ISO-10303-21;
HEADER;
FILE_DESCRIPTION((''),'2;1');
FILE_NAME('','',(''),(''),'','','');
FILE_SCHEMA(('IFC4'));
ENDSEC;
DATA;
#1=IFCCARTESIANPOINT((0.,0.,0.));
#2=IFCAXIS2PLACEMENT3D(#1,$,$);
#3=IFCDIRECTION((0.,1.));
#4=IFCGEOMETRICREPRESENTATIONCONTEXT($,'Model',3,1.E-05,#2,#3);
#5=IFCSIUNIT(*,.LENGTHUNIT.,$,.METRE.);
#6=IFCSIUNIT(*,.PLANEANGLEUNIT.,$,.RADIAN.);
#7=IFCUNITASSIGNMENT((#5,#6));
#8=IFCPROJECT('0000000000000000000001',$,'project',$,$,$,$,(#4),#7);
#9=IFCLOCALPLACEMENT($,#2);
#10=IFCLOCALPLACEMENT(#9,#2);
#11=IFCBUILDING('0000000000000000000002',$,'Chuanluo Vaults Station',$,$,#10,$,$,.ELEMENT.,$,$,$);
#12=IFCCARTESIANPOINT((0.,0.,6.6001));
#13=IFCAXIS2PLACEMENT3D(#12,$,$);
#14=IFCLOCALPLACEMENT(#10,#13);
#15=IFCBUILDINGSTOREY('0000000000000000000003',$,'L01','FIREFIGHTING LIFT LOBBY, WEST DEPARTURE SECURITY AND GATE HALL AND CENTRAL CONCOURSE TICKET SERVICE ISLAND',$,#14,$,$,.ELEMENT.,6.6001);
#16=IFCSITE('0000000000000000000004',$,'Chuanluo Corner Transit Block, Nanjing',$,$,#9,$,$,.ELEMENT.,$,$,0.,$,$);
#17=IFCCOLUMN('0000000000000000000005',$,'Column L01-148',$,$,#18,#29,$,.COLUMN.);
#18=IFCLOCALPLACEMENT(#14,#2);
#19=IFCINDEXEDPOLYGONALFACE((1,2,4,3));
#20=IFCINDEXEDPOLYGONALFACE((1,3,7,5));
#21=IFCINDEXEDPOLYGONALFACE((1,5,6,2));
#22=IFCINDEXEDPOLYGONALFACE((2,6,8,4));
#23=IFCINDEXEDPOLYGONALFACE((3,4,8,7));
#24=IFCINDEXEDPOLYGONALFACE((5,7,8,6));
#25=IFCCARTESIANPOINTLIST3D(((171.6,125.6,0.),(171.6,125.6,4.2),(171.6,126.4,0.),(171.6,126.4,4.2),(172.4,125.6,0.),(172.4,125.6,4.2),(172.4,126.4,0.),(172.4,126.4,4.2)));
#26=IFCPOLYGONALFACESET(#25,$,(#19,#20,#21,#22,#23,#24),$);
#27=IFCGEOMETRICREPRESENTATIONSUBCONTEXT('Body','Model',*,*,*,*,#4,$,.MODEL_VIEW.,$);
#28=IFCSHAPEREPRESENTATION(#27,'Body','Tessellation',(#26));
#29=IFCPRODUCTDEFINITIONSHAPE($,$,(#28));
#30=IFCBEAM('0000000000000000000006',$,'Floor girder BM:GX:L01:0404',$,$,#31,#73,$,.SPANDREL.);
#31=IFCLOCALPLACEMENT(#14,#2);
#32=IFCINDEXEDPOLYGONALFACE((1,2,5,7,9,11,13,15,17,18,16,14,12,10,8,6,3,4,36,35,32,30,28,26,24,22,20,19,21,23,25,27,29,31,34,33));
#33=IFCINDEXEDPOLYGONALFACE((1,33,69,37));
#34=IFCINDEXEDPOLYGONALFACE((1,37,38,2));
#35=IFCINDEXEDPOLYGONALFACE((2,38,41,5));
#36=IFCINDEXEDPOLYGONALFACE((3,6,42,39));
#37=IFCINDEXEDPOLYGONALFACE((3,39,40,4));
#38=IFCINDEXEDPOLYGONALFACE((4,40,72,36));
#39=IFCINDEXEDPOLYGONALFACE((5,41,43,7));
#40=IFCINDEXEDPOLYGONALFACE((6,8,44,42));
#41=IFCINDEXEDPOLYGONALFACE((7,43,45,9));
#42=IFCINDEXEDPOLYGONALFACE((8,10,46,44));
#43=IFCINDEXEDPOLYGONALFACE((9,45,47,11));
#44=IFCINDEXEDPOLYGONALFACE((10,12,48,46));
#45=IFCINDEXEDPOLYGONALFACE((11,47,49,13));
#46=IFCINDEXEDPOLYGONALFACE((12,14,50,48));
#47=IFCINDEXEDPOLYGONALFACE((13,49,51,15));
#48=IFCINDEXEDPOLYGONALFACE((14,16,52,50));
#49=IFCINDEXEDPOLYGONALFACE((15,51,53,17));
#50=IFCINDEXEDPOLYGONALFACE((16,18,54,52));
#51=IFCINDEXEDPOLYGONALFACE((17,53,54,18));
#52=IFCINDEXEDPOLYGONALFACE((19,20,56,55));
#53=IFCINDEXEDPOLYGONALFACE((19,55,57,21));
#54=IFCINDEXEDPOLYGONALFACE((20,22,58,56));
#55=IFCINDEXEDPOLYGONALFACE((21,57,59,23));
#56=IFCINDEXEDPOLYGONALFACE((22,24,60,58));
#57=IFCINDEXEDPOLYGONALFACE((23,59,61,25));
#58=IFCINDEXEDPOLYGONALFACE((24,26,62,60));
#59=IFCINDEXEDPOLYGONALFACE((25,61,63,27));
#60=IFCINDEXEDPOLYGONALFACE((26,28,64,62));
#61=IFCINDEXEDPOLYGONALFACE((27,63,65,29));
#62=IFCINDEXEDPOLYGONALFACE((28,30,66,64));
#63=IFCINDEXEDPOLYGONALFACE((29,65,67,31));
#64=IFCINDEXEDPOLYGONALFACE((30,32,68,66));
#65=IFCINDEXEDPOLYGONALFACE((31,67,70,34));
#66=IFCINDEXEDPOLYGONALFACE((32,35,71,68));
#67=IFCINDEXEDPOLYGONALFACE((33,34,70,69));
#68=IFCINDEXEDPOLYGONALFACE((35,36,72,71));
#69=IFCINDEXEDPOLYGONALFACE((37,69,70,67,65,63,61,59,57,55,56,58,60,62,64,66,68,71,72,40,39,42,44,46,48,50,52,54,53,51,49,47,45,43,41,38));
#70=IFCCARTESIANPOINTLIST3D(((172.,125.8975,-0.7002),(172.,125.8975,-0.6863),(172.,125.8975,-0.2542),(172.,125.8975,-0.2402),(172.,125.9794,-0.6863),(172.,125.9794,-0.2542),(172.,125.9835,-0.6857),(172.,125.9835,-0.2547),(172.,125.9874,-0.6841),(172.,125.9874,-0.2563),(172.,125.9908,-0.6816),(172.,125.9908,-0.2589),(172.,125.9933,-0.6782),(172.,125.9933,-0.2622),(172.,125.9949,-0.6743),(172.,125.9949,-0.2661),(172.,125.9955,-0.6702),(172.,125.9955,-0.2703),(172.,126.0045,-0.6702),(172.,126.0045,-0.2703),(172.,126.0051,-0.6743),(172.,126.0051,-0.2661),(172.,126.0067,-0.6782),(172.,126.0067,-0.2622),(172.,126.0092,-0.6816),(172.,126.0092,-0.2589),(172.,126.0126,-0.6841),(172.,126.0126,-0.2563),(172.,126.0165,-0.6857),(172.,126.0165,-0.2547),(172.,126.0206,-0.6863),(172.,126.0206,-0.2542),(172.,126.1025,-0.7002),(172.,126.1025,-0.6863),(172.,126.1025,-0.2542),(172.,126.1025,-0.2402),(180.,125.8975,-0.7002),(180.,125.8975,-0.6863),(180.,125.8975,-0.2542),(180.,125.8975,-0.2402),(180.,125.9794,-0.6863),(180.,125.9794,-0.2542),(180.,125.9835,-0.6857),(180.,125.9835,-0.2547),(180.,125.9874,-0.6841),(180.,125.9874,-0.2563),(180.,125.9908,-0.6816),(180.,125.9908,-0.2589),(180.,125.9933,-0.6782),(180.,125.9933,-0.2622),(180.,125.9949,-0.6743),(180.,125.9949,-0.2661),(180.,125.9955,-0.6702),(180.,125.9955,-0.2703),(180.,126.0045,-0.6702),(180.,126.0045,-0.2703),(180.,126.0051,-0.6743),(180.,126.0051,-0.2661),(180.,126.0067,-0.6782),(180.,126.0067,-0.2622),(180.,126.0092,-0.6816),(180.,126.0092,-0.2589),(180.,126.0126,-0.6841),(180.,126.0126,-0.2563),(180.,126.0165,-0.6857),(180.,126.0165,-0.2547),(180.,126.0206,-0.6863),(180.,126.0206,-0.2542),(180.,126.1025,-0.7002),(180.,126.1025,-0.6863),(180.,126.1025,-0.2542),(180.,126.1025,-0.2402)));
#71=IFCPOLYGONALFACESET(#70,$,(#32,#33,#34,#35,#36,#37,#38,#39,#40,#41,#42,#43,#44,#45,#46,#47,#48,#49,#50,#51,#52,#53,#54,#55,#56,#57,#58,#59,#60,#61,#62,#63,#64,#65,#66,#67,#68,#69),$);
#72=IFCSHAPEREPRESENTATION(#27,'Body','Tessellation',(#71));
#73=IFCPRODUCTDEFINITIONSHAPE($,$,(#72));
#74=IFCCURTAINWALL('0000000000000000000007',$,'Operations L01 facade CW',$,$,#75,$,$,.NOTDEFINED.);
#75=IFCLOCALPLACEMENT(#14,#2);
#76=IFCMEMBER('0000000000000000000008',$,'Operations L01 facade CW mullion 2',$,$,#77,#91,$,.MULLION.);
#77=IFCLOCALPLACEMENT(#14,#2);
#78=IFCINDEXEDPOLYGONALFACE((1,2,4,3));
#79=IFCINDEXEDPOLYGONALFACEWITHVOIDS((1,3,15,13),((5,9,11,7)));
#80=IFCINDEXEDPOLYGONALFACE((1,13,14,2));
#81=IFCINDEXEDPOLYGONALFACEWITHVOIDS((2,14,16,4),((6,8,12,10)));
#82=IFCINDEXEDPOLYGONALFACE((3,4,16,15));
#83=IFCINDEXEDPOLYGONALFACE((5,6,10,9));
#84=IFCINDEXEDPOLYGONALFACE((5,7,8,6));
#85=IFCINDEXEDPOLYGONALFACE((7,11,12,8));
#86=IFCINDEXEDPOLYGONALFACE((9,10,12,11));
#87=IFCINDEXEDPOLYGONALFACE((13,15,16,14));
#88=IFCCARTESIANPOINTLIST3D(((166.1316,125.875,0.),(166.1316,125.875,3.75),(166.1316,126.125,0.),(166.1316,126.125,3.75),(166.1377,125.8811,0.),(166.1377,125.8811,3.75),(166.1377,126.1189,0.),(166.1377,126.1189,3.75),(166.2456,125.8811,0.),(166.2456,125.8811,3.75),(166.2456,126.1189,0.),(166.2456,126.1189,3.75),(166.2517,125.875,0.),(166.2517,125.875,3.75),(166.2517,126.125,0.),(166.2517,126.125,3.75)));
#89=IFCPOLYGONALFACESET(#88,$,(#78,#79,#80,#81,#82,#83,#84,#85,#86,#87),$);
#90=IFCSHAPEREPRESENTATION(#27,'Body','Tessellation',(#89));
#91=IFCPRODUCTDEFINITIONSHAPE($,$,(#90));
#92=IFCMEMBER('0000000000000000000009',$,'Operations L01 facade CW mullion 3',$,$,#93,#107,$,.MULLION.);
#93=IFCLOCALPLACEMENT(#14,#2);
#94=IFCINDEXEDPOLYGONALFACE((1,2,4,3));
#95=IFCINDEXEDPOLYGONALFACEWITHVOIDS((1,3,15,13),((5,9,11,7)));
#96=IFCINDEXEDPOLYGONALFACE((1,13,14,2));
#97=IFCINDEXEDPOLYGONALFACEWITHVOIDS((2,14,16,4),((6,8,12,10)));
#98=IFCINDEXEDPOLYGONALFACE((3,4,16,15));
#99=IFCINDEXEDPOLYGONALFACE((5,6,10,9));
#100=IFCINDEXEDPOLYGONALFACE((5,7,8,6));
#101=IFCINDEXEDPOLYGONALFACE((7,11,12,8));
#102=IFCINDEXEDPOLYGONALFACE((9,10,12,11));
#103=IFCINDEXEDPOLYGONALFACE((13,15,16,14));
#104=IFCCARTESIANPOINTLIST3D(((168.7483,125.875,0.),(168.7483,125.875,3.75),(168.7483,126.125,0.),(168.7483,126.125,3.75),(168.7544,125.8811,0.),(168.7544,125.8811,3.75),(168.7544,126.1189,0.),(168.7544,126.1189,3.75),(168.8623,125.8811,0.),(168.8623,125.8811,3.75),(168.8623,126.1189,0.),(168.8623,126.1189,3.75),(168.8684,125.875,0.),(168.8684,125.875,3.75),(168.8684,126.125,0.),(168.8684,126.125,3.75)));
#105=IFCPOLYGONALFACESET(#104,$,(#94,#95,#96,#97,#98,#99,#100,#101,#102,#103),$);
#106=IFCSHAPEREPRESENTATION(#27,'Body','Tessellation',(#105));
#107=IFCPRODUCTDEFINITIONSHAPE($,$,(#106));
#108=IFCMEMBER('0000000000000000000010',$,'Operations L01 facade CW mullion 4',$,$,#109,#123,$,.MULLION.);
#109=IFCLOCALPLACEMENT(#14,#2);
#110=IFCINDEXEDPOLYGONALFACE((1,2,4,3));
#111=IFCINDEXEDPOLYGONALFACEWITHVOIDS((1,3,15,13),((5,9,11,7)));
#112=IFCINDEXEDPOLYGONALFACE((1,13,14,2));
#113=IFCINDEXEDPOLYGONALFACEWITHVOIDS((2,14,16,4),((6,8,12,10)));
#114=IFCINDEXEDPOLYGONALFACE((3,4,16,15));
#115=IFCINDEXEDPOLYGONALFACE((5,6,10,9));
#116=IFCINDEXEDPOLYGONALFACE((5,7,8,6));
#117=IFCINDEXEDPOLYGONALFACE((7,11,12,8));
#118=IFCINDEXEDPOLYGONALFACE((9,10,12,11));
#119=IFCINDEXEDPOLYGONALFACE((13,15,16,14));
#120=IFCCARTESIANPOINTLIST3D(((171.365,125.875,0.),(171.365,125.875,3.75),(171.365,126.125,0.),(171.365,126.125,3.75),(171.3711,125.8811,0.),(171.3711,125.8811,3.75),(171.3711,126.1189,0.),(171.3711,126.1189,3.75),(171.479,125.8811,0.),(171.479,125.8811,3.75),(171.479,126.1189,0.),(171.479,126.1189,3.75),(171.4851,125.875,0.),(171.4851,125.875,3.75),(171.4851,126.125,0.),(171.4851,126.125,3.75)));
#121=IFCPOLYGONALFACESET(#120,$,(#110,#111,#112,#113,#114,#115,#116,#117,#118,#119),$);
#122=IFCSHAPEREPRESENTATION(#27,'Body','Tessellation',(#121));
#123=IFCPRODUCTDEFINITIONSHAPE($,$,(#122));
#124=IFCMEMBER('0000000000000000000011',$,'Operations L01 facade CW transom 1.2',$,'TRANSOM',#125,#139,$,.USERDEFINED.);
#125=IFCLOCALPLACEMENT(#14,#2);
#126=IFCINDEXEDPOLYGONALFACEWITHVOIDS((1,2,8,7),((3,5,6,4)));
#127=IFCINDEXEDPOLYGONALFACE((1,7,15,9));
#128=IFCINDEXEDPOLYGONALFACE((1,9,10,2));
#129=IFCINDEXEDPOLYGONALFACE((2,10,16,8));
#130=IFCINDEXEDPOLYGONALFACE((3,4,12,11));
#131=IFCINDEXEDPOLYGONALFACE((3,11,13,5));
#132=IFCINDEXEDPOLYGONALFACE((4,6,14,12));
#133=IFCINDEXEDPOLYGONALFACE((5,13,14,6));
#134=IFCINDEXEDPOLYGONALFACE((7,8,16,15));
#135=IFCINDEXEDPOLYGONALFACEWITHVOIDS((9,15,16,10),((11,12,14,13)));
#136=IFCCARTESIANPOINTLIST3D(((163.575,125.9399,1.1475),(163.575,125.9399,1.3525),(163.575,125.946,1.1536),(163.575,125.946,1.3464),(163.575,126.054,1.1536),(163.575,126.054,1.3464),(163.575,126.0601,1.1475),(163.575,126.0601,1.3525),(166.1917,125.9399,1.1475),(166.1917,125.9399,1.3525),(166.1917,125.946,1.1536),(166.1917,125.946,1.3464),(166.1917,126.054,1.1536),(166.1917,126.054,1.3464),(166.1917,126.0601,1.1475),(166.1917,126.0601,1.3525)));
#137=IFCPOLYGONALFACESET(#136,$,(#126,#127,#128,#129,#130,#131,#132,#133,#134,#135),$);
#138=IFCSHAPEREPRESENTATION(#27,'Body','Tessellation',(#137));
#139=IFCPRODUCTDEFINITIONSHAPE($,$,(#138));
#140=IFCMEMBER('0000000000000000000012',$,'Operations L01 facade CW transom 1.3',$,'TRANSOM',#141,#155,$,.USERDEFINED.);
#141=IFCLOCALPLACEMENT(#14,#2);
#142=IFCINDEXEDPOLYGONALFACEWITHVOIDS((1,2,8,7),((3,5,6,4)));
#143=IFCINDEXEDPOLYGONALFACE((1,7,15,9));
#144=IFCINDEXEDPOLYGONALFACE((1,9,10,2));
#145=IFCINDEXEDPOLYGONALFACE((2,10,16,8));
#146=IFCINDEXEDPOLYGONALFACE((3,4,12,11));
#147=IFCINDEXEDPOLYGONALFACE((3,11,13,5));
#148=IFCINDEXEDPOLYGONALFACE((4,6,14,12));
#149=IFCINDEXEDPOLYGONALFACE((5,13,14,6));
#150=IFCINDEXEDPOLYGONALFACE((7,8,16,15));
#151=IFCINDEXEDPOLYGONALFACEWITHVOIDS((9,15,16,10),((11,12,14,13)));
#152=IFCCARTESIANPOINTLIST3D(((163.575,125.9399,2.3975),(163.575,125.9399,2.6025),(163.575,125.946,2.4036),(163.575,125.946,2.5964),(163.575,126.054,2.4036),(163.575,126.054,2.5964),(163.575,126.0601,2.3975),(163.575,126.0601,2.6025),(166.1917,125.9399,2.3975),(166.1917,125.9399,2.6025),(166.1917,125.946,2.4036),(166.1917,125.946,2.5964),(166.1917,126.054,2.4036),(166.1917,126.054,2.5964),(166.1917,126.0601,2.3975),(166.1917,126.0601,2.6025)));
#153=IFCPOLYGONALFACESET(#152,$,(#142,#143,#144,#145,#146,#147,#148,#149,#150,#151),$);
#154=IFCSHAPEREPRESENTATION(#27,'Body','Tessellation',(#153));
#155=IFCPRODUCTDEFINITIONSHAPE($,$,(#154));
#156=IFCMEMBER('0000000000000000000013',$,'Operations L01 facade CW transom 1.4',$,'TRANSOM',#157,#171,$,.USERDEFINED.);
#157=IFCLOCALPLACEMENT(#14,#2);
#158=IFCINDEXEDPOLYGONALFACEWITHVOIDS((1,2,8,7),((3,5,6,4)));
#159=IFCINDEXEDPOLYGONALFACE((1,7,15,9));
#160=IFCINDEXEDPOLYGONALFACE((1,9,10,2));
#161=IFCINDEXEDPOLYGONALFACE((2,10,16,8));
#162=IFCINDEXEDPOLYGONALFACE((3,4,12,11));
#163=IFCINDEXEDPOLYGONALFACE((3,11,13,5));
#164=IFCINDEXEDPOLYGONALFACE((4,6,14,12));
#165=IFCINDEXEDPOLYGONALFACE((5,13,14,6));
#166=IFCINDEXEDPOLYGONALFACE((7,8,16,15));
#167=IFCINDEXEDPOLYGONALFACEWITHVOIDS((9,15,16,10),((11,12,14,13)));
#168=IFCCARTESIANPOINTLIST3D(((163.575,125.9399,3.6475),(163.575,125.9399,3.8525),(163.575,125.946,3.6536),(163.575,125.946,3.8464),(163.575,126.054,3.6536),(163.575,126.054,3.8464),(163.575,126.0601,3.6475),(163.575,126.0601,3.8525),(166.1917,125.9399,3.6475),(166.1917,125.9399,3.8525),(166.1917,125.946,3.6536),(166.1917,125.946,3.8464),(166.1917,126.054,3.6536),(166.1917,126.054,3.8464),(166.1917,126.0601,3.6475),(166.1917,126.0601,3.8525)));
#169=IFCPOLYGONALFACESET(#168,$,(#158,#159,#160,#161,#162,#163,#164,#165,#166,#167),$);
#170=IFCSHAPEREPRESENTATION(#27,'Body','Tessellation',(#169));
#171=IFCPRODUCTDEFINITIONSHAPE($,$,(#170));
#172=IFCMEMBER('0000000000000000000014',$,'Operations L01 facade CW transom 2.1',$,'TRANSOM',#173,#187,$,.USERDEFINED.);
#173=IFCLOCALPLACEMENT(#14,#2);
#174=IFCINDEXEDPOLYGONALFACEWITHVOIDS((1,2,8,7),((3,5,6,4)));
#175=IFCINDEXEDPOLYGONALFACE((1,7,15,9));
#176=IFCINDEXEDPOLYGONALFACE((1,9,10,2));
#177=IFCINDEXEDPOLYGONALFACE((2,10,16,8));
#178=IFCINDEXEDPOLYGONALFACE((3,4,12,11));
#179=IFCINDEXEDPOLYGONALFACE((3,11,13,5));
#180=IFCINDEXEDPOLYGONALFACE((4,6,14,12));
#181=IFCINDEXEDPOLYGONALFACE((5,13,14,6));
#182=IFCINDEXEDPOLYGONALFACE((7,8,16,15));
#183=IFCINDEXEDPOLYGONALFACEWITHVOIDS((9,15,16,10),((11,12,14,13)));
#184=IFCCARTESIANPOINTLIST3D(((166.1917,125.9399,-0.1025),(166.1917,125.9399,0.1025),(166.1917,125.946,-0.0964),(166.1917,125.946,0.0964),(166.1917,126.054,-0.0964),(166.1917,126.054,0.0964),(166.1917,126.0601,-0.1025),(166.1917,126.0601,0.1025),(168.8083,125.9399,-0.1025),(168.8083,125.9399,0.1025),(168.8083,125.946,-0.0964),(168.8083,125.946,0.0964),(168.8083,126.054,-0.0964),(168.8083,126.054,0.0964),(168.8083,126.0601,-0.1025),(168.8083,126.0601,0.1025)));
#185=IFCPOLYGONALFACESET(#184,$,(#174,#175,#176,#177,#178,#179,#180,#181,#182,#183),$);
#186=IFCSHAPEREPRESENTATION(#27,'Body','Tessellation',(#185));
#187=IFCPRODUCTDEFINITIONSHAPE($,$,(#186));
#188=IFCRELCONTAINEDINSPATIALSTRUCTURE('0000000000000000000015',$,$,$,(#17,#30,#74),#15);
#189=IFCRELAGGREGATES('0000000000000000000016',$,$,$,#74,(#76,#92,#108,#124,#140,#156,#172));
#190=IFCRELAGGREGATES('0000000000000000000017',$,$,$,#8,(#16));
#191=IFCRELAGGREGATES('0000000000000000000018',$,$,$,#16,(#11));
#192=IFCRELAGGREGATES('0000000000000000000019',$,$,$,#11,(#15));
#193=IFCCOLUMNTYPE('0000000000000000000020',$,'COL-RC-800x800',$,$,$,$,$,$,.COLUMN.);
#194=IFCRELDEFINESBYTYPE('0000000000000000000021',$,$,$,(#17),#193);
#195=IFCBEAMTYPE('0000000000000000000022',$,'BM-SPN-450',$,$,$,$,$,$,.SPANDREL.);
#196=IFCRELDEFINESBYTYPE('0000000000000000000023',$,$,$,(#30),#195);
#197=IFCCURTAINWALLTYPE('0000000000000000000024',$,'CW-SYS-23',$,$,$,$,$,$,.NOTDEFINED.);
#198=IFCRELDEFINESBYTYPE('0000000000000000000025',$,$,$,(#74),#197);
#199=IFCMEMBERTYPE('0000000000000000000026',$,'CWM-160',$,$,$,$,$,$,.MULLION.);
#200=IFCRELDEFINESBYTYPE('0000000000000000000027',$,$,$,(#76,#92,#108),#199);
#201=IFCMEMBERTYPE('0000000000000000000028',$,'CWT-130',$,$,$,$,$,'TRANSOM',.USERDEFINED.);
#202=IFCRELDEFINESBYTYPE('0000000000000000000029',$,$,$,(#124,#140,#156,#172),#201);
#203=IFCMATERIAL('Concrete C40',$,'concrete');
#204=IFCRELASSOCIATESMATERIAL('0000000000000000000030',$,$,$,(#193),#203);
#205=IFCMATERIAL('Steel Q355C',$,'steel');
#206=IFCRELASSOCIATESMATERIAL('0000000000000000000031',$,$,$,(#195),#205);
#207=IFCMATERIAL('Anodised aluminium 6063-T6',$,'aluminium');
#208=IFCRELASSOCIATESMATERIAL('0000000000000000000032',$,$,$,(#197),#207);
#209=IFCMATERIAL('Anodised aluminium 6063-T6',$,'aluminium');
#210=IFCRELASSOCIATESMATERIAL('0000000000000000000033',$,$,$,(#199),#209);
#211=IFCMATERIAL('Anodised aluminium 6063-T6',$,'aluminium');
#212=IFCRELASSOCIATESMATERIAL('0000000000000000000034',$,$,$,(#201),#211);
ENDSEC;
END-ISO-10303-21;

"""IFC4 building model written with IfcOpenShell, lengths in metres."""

from ifc_helpers import new_model, si_unit, direction, frame, origin, origin_2d, place, context, subcontext, project, spatial, rectangle, hollow_rectangle, i_section, extrude, material, material_profile, profile_set, type_object, element, aggregate, save


model = new_model("IFC4")

# Units and contexts
model_context = context("Model", 3, precision=1e-05, world=origin(), true_north=direction((0.0, 1.0)))
body_context = subcontext(model_context, "Body", "Model", "MODEL_VIEW")
ifc_project = project(units=[si_unit("LENGTHUNIT", "METRE"), si_unit("PLANEANGLEUNIT", "RADIAN")], contexts=[model_context])

# Site, building, storey
site_placement = place(None, origin())
site = spatial("IfcSite", under=ifc_project, at=site_placement, Name="Chuanluo Corner Transit Block, Nanjing", CompositionType="ELEMENT", RefElevation=0.0)
building_placement = place(site_placement, origin())
building = spatial("IfcBuilding", under=site, at=building_placement, Name="Chuanluo Vaults Station", CompositionType="ELEMENT")
storey_placement = place(building_placement, frame((0.0, 0.0, 6.6001)))
storey = spatial("IfcBuildingStorey", under=building, at=storey_placement, Name="L01", Description="FIREFIGHTING LIFT LOBBY, WEST DEPARTURE SECURITY AND GATE HALL AND CENTRAL CONCOURSE TICKET SERVICE ISLAND", CompositionType="ELEMENT", Elevation=6.6001)

# Column
ifc_material_1 = material(Name="Concrete C40", Category="concrete")
ifc_material_profile_1 = material_profile(ifc_material_1, rectangle(XDim=0.8, YDim=0.8, at=origin_2d()))
ifc_profile_set_1 = profile_set([ifc_material_profile_1], Name="Concrete C40")
column_type = type_object("IfcColumnType", Name="COL-RC-800x800", PredefinedType="COLUMN", material=ifc_profile_set_1)
column_placement = place(storey_placement, frame((172.0, 126.0, 0.0), z_axis=(0.0, 0.0, 1.0), x_axis=(1.0, 0.0, 0.0)))
element("IfcColumn", 1, at=column_placement, inside=storey, type_object=column_type, Name="Column L01-148", PredefinedType="COLUMN", context=body_context, shape_type="SweptSolid", body=[
    extrude(rectangle(XDim=0.8, YDim=0.8, at=origin_2d()), origin(), (0.0, 0.0, 1.0), 4.2),
])

# Beam
ifc_material_2 = material(Name="Steel Q355C", Category="steel")
ifc_material_profile_2 = material_profile(ifc_material_2, i_section(OverallWidth=0.2051, OverallDepth=0.46, WebThickness=0.009, FlangeThickness=0.0139, FilletRadius=0.0161, at=origin_2d()))
ifc_profile_set_2 = profile_set([ifc_material_profile_2], Name="Steel Q355C")
beam_type = type_object("IfcBeamType", Name="BM-SPN-450", PredefinedType="SPANDREL", material=ifc_profile_set_2)
beam_placement = place(storey_placement, frame((172.0, 126.0, -0.4702), z_axis=(1.0, 0.0, 0.0), x_axis=(0.0, 1.0, 0.0)))
element("IfcBeam", 2, at=beam_placement, inside=storey, type_object=beam_type, Name="Floor girder BM:GX:L01:0404", PredefinedType="SPANDREL", context=body_context, shape_type="SweptSolid", body=[
    extrude(i_section(OverallWidth=0.2051, OverallDepth=0.46, WebThickness=0.009, FlangeThickness=0.0139, FilletRadius=0.0161, at=origin_2d()), origin(), (0.0, 0.0, 1.0), 8.0),
])

# Curtain wall, members
ifc_material_3 = material(Name="Anodised aluminium 6063-T6", Category="aluminium")
curtain_wall_type = type_object("IfcCurtainWallType", Name="CW-SYS-23", PredefinedType="NOTDEFINED", material=ifc_material_3)
curtain_wall_placement = place(storey_placement, origin())
curtain_wall = element("IfcCurtainWall", 3, at=curtain_wall_placement, inside=storey, type_object=curtain_wall_type, Name="Operations L01 facade CW", PredefinedType="NOTDEFINED")
ifc_material_4 = material(Name="Anodised aluminium 6063-T6", Category="aluminium")
ifc_material_profile_3 = material_profile(ifc_material_4, hollow_rectangle(XDim=0.1201, YDim=0.25, WallThickness=0.0061, at=origin_2d()))
ifc_profile_set_3 = profile_set([ifc_material_profile_3], Name="Anodised aluminium 6063-T6")
member_type_1 = type_object("IfcMemberType", Name="CWM-160", PredefinedType="MULLION", material=ifc_profile_set_3)
member_1_placement = place(storey_placement, frame((166.1917, 126.0, 0.0), z_axis=(0.0, 0.0, 1.0), x_axis=(1.0, 0.0, 0.0)))
member_1 = element("IfcMember", 4, at=member_1_placement, type_object=member_type_1, Name="Operations L01 facade CW mullion 2", PredefinedType="MULLION", context=body_context, shape_type="SweptSolid", body=[
    extrude(hollow_rectangle(XDim=0.1201, YDim=0.25, WallThickness=0.0061, at=origin_2d()), origin(), (0.0, 0.0, 1.0), 3.75),
])
member_2_placement = place(storey_placement, frame((168.8083, 126.0, 0.0), z_axis=(0.0, 0.0, 1.0), x_axis=(1.0, 0.0, 0.0)))
member_2 = element("IfcMember", 5, at=member_2_placement, type_object=member_type_1, Name="Operations L01 facade CW mullion 3", PredefinedType="MULLION", context=body_context, shape_type="SweptSolid", body=[
    extrude(hollow_rectangle(XDim=0.1201, YDim=0.25, WallThickness=0.0061, at=origin_2d()), origin(), (0.0, 0.0, 1.0), 3.75),
])
member_3_placement = place(storey_placement, frame((171.425, 126.0, 0.0), z_axis=(0.0, 0.0, 1.0), x_axis=(1.0, 0.0, 0.0)))
member_3 = element("IfcMember", 6, at=member_3_placement, type_object=member_type_1, Name="Operations L01 facade CW mullion 4", PredefinedType="MULLION", context=body_context, shape_type="SweptSolid", body=[
    extrude(hollow_rectangle(XDim=0.1201, YDim=0.25, WallThickness=0.0061, at=origin_2d()), origin(), (0.0, 0.0, 1.0), 3.75),
])
ifc_material_5 = material(Name="Anodised aluminium 6063-T6", Category="aluminium")
ifc_material_profile_4 = material_profile(ifc_material_5, hollow_rectangle(XDim=0.1201, YDim=0.2051, WallThickness=0.0061, at=origin_2d()))
ifc_profile_set_4 = profile_set([ifc_material_profile_4], Name="Anodised aluminium 6063-T6")
member_type_2 = type_object("IfcMemberType", Name="CWT-130", ElementType="TRANSOM", PredefinedType="USERDEFINED", material=ifc_profile_set_4)
member_4_placement = place(storey_placement, frame((163.575, 126.0, 1.25), z_axis=(1.0, 0.0, 0.0), x_axis=(0.0, 1.0, 0.0)))
member_4 = element("IfcMember", 7, at=member_4_placement, type_object=member_type_2, Name="Operations L01 facade CW transom 1.2", ObjectType="TRANSOM", PredefinedType="USERDEFINED", context=body_context, shape_type="SweptSolid", body=[
    extrude(hollow_rectangle(XDim=0.1201, YDim=0.2051, WallThickness=0.0061, at=origin_2d()), origin(), (0.0, 0.0, 1.0), 2.6167),
])
member_5_placement = place(storey_placement, frame((163.575, 126.0, 2.5), z_axis=(1.0, 0.0, 0.0), x_axis=(0.0, 1.0, 0.0)))
member_5 = element("IfcMember", 8, at=member_5_placement, type_object=member_type_2, Name="Operations L01 facade CW transom 1.3", ObjectType="TRANSOM", PredefinedType="USERDEFINED", context=body_context, shape_type="SweptSolid", body=[
    extrude(hollow_rectangle(XDim=0.1201, YDim=0.2051, WallThickness=0.0061, at=origin_2d()), origin(), (0.0, 0.0, 1.0), 2.6167),
])
member_6_placement = place(storey_placement, frame((163.575, 126.0, 3.75), z_axis=(1.0, 0.0, 0.0), x_axis=(0.0, 1.0, 0.0)))
member_6 = element("IfcMember", 9, at=member_6_placement, type_object=member_type_2, Name="Operations L01 facade CW transom 1.4", ObjectType="TRANSOM", PredefinedType="USERDEFINED", context=body_context, shape_type="SweptSolid", body=[
    extrude(hollow_rectangle(XDim=0.1201, YDim=0.2051, WallThickness=0.0061, at=origin_2d()), origin(), (0.0, 0.0, 1.0), 2.6167),
])
member_7_placement = place(storey_placement, frame((166.1917, 126.0, 0.0), z_axis=(1.0, 0.0, 0.0), x_axis=(0.0, 1.0, 0.0)))
member_7 = element("IfcMember", 10, at=member_7_placement, type_object=member_type_2, Name="Operations L01 facade CW transom 2.1", ObjectType="TRANSOM", PredefinedType="USERDEFINED", context=body_context, shape_type="SweptSolid", body=[
    extrude(hollow_rectangle(XDim=0.1201, YDim=0.2051, WallThickness=0.0061, at=origin_2d()), origin(), (0.0, 0.0, 1.0), 2.6167),
])
aggregate(curtain_wall, [member_1, member_2, member_3, member_4, member_5, member_6, member_7])

save(model, "model.ifc")
